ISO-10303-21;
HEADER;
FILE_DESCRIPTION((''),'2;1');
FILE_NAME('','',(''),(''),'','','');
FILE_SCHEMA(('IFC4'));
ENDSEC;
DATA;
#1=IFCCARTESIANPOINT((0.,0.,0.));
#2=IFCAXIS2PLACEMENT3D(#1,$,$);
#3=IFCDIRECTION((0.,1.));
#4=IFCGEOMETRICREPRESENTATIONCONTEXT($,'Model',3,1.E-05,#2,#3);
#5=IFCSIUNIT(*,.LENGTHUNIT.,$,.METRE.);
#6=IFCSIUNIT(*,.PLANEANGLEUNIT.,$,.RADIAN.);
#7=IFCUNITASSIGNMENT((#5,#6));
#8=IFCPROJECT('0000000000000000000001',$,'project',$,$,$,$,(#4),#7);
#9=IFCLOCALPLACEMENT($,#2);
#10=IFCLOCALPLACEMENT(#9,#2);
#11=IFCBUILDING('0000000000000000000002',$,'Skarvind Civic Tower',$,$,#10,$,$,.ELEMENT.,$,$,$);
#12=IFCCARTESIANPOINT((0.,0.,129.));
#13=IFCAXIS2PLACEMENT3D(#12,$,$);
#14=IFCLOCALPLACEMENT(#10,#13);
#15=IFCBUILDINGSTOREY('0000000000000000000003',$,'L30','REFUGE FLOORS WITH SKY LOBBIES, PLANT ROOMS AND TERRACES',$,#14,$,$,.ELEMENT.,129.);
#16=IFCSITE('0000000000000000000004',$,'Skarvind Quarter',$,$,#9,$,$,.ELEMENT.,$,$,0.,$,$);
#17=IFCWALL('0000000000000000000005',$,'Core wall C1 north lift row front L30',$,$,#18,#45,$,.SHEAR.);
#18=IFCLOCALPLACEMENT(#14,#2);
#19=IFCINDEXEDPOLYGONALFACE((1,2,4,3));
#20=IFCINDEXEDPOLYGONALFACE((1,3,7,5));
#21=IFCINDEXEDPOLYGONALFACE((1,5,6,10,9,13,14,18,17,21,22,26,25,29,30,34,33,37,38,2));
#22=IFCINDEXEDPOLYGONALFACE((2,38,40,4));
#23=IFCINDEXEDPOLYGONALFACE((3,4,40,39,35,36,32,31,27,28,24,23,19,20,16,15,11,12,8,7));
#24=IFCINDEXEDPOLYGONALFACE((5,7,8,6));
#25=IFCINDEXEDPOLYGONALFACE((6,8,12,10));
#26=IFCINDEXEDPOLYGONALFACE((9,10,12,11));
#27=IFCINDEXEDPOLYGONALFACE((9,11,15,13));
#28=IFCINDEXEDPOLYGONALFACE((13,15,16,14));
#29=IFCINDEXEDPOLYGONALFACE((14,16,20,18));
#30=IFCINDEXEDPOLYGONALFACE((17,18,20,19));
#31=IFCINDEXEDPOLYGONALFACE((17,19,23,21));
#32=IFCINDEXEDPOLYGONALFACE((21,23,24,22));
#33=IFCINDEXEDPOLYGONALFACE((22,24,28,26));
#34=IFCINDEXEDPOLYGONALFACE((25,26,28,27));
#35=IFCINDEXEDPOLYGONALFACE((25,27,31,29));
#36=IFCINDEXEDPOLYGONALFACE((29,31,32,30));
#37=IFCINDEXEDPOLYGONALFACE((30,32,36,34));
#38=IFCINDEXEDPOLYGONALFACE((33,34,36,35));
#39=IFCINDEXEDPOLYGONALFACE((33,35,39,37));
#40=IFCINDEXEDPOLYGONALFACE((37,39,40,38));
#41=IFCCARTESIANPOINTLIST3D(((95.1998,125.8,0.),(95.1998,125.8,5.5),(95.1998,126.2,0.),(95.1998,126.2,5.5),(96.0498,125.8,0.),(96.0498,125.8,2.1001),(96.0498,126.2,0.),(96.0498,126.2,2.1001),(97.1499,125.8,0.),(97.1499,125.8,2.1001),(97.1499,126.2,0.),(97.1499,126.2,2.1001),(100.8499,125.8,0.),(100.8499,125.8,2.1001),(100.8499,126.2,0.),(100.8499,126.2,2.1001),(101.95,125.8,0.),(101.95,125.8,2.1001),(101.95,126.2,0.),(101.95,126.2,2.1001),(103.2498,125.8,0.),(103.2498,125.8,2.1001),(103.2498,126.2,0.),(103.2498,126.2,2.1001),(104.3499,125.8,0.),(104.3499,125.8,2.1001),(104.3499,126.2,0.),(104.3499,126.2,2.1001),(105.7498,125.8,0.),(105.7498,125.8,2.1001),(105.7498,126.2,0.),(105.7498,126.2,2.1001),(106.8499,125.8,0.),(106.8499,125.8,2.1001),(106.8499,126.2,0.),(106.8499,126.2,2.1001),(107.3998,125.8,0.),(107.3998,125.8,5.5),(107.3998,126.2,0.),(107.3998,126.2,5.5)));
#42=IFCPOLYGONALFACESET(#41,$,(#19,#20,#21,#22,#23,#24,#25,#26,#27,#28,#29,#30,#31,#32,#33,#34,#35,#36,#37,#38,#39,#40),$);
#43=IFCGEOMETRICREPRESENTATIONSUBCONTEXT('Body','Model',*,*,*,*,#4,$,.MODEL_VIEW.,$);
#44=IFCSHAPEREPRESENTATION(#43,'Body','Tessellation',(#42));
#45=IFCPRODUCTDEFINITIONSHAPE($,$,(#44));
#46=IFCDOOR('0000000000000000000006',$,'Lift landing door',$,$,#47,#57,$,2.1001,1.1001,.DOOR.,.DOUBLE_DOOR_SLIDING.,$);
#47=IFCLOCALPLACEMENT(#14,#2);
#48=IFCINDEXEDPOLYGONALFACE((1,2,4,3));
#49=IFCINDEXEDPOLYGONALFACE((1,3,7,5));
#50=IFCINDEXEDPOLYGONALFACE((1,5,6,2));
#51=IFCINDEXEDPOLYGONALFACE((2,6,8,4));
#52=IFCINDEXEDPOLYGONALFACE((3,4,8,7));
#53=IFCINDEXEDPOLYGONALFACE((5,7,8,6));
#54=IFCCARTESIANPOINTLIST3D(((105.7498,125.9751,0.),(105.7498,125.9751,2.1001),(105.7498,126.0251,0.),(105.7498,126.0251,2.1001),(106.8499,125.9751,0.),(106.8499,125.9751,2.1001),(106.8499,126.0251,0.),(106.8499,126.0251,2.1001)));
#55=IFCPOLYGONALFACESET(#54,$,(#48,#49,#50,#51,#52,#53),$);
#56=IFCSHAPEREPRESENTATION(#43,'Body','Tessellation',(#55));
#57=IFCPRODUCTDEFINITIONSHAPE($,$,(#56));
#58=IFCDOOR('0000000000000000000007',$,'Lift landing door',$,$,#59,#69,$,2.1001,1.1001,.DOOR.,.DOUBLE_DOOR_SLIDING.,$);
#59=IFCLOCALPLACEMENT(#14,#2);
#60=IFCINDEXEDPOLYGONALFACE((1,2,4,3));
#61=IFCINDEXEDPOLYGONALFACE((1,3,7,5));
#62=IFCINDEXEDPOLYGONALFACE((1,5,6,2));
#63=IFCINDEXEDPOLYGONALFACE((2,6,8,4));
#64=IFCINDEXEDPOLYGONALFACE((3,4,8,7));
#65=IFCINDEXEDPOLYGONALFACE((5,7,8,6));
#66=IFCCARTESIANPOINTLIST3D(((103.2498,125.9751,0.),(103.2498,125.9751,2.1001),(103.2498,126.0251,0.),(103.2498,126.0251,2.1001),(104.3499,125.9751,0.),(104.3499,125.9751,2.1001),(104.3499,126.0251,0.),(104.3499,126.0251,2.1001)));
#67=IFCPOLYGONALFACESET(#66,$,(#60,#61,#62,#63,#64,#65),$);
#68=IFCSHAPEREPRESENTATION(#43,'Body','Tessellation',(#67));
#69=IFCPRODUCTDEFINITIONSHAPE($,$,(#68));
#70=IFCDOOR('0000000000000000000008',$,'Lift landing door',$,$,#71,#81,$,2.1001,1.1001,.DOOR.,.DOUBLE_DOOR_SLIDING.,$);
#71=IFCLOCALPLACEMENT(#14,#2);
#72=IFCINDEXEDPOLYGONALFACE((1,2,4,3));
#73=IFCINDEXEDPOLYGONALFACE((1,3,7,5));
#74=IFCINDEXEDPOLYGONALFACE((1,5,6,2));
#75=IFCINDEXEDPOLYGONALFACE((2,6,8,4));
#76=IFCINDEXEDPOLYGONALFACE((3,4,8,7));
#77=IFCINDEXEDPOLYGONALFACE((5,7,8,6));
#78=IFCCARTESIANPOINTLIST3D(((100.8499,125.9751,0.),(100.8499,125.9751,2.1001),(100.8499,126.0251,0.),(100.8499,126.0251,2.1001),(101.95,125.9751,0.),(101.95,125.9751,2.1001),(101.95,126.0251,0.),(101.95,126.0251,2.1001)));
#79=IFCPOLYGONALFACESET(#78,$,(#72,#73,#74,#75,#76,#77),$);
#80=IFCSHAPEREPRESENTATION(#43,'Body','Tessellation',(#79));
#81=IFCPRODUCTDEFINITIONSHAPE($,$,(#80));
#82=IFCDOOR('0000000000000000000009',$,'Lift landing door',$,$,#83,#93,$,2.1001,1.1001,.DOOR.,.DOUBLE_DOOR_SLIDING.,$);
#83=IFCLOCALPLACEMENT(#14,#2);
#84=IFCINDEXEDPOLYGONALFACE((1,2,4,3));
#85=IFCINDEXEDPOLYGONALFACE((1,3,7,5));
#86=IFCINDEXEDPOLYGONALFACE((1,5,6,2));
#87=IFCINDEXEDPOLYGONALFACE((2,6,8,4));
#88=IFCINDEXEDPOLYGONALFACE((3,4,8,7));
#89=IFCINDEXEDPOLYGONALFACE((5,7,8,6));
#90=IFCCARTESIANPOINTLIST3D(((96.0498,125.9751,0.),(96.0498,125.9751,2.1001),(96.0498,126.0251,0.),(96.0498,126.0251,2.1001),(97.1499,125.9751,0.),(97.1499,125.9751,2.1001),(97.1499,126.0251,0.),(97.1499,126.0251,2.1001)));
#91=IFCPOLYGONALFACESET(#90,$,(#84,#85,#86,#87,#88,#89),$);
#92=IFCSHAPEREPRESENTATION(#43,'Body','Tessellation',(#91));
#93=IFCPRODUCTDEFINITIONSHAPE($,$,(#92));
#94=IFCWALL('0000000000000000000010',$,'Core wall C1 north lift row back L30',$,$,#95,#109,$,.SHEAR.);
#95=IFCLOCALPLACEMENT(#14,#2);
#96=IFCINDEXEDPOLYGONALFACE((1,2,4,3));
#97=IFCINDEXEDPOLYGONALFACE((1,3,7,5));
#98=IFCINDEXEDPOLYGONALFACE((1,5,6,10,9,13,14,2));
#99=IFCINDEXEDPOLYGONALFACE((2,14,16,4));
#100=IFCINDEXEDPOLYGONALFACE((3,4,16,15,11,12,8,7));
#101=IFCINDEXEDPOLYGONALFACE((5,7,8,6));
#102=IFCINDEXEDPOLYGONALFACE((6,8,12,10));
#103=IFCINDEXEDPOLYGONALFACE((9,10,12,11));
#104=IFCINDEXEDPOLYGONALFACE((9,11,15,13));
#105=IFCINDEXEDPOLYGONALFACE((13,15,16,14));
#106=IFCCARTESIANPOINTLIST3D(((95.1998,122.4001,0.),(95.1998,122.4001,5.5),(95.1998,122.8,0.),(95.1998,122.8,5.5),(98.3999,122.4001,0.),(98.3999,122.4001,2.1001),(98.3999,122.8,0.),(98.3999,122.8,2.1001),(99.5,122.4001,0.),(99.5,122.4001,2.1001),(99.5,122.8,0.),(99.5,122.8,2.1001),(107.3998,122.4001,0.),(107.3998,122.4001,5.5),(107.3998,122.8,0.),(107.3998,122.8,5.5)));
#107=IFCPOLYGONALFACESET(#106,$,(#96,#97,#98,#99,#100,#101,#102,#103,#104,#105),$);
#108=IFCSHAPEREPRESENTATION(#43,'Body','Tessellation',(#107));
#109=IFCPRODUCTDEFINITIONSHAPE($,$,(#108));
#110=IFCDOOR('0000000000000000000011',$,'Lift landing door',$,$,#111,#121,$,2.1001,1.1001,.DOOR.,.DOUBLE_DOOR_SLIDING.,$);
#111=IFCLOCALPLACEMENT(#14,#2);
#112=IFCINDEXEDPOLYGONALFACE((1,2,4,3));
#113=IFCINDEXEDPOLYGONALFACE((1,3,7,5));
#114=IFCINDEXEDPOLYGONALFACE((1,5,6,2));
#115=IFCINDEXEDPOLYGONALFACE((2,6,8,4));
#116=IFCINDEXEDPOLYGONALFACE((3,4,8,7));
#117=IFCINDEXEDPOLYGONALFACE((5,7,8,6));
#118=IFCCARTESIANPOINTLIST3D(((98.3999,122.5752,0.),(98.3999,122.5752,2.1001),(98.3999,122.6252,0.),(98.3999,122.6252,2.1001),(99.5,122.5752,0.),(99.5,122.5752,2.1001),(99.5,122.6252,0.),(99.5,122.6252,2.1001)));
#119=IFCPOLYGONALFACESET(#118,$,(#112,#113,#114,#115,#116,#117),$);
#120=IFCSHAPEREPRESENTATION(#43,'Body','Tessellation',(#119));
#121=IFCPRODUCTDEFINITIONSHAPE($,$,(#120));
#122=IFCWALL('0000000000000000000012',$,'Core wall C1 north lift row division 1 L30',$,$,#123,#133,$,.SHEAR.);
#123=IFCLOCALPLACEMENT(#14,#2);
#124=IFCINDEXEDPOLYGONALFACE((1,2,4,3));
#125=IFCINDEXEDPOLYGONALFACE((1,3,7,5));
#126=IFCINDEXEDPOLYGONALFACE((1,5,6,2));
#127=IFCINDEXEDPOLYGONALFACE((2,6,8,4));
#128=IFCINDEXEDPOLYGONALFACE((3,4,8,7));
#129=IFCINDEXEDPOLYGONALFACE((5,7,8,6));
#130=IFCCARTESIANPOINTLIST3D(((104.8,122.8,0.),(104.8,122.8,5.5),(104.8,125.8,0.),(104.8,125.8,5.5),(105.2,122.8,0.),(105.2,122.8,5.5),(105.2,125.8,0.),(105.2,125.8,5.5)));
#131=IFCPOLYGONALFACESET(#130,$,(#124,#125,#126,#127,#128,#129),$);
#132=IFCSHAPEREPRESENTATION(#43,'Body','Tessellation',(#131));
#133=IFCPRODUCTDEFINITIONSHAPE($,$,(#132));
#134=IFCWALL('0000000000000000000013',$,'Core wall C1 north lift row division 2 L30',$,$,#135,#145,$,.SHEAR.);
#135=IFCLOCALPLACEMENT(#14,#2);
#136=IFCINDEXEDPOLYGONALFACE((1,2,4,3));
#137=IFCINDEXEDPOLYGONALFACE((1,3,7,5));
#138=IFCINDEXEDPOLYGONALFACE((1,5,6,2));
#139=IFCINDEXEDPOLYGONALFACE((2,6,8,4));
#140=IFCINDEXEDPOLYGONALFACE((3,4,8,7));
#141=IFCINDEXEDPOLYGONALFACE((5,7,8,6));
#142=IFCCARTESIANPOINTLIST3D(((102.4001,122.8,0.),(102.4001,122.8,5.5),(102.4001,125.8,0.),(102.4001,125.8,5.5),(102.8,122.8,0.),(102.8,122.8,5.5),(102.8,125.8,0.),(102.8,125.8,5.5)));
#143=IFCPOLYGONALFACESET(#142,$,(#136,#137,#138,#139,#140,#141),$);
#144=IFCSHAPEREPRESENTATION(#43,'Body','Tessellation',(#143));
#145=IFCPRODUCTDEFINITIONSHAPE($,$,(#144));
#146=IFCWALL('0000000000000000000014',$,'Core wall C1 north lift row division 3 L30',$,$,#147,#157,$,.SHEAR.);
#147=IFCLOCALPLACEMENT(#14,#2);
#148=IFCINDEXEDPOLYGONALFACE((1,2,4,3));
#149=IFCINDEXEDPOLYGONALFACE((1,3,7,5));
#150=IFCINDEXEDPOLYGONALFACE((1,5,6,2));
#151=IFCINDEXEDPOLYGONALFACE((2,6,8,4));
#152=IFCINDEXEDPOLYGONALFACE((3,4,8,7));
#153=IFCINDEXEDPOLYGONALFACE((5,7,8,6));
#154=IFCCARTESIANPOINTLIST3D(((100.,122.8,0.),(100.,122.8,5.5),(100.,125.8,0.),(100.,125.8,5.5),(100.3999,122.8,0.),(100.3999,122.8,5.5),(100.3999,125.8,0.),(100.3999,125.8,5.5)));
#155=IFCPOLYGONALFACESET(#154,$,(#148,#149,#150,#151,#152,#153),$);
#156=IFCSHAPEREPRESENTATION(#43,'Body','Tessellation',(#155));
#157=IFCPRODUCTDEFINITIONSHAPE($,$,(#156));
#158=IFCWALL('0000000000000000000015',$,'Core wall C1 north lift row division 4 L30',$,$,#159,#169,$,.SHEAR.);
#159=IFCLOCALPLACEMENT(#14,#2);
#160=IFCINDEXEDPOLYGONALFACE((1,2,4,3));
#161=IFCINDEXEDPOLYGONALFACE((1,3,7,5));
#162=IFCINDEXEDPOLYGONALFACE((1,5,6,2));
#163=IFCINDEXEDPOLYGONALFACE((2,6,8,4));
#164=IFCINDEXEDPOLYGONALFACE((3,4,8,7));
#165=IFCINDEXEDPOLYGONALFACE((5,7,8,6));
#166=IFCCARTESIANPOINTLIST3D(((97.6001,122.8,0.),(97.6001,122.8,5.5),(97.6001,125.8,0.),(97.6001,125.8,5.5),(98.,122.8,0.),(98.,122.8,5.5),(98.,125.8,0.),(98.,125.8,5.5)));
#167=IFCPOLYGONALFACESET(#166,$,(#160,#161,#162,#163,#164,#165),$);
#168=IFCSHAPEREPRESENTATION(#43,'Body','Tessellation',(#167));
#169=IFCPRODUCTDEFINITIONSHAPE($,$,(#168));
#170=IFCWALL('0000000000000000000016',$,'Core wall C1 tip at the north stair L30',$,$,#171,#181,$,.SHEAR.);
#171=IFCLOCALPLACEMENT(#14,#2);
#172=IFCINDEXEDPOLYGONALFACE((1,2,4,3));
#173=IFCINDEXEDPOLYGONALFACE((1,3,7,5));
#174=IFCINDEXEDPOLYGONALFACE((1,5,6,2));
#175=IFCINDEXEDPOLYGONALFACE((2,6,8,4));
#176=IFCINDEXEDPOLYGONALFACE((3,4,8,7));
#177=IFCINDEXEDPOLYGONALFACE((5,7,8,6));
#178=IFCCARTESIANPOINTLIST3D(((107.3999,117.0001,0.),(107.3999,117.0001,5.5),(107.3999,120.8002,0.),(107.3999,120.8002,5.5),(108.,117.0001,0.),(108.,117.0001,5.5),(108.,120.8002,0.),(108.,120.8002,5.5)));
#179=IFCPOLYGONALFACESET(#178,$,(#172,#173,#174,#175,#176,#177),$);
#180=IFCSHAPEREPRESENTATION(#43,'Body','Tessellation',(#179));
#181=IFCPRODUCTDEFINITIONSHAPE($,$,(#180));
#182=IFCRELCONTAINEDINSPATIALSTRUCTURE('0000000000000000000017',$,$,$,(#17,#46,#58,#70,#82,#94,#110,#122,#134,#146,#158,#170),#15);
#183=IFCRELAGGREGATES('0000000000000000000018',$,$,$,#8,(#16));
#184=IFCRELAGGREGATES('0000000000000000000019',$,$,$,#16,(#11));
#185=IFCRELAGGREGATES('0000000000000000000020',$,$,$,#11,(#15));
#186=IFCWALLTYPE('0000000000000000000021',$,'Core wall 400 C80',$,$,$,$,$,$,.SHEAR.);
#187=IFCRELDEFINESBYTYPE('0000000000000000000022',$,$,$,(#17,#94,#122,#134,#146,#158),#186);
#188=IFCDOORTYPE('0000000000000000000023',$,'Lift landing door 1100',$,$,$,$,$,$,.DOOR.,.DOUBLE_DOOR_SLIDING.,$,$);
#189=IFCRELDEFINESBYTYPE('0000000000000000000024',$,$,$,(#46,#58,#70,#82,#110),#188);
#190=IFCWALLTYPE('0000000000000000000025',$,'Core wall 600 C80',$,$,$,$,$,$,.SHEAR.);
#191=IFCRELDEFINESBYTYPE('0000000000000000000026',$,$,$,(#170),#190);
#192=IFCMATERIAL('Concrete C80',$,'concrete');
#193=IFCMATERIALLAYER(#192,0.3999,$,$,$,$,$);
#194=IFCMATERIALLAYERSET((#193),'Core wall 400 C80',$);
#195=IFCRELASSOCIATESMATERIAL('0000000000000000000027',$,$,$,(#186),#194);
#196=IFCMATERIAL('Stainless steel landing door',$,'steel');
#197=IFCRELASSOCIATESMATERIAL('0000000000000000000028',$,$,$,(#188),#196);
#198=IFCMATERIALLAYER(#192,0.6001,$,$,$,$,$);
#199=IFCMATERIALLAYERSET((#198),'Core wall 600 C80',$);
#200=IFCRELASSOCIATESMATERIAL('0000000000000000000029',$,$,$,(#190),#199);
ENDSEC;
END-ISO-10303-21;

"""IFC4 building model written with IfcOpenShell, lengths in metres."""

from ifc_helpers import new_model, si_unit, direction, frame, frame_2d, origin, place, context, subcontext, project, spatial, rectangle, extrude, material, layer, layer_set, type_object, element, fill, save


model = new_model("IFC4")

# Units and contexts
model_context = context("Model", 3, precision=1e-05, world=origin(), true_north=direction((0.0, 1.0)))
body_context = subcontext(model_context, "Body", "Model", "MODEL_VIEW")
ifc_project = project(units=[si_unit("LENGTHUNIT", "METRE"), si_unit("PLANEANGLEUNIT", "RADIAN")], contexts=[model_context])

# Site, building, storey
site_placement = place(None, origin())
site = spatial("IfcSite", under=ifc_project, at=site_placement, Name="Skarvind Quarter", CompositionType="ELEMENT", RefElevation=0.0)
building_placement = place(site_placement, origin())
building = spatial("IfcBuilding", under=site, at=building_placement, Name="Skarvind Civic Tower", CompositionType="ELEMENT")
storey_placement = place(building_placement, frame((0.0, 0.0, 129.0)))
storey = spatial("IfcBuildingStorey", under=building, at=storey_placement, Name="L30", Description="REFUGE FLOORS WITH SKY LOBBIES, PLANT ROOMS AND TERRACES", CompositionType="ELEMENT", Elevation=129.0)

# Shared definitions
ifc_material_1 = material(Name="Concrete C80", Category="concrete")
ifc_layer_1 = layer(ifc_material_1, 0.3999)
ifc_layer_set_1 = layer_set([ifc_layer_1], Name="Core wall 400 C80")
wall_type_1 = type_object("IfcWallType", Name="Core wall 400 C80", PredefinedType="SHEAR", material=ifc_layer_set_1)
ifc_material_2 = material(Name="Stainless steel landing door", Category="steel")
door_type_1 = type_object("IfcDoorType", Name="Lift landing door 1100", OperationType="DOUBLE_DOOR_SLIDING", PredefinedType="DOOR", material=ifc_material_2)

# Wall, openings, doors
wall_1_placement = place(storey_placement, frame((107.3999, 126.0, 0.0), z_axis=(0.0, 0.0, 1.0), x_axis=(-1.0, 0.0, 0.0)))
wall_1 = element("IfcWall", 1, at=wall_1_placement, inside=storey, type_object=wall_type_1, Name="Core wall C1 north lift row front L30", PredefinedType="SHEAR", context=body_context, shape_type="SweptSolid", body=[
    extrude(rectangle(XDim=12.2, YDim=0.3999, at=frame_2d((6.1001, 0.0))), origin(), (0.0, 0.0, 1.0), 5.5),
])
opening_1_placement = place(wall_1_placement, frame((0.55, 0.0, 0.0)))
opening_1 = element("IfcOpeningElement", 2, at=opening_1_placement, cuts=wall_1, PredefinedType="OPENING", context=body_context, shape_type="SweptSolid", body=[
    extrude(rectangle(XDim=1.1001, YDim=2.1001, at=frame_2d((0.55, 1.05))), frame((0.0, 0.21, 0.0), z_axis=(0.0, -1.0, 0.0), x_axis=(1.0, 0.0, 0.0)), (0.0, 0.0, 1.0), 0.4199),
])
opening_2_placement = place(wall_1_placement, frame((3.05, 0.0, 0.0)))
opening_2 = element("IfcOpeningElement", 3, at=opening_2_placement, cuts=wall_1, PredefinedType="OPENING", context=body_context, shape_type="SweptSolid", body=[
    extrude(rectangle(XDim=1.1001, YDim=2.1001, at=frame_2d((0.55, 1.05))), frame((0.0, 0.21, 0.0), z_axis=(0.0, -1.0, 0.0), x_axis=(1.0, 0.0, 0.0)), (0.0, 0.0, 1.0), 0.4199),
])
opening_3_placement = place(wall_1_placement, frame((5.45, 0.0, 0.0)))
opening_3 = element("IfcOpeningElement", 4, at=opening_3_placement, cuts=wall_1, PredefinedType="OPENING", context=body_context, shape_type="SweptSolid", body=[
    extrude(rectangle(XDim=1.1001, YDim=2.1001, at=frame_2d((0.55, 1.05))), frame((0.0, 0.21, 0.0), z_axis=(0.0, -1.0, 0.0), x_axis=(1.0, 0.0, 0.0)), (0.0, 0.0, 1.0), 0.4199),
])
opening_4_placement = place(wall_1_placement, frame((10.25, 0.0, 0.0)))
opening_4 = element("IfcOpeningElement", 5, at=opening_4_placement, cuts=wall_1, PredefinedType="OPENING", context=body_context, shape_type="SweptSolid", body=[
    extrude(rectangle(XDim=1.1001, YDim=2.1001, at=frame_2d((0.55, 1.05))), frame((0.0, 0.21, 0.0), z_axis=(0.0, -1.0, 0.0), x_axis=(1.0, 0.0, 0.0)), (0.0, 0.0, 1.0), 0.4199),
])
door_1_placement = place(opening_1_placement, origin())
door_1 = element("IfcDoor", 6, at=door_1_placement, inside=storey, type_object=door_type_1, Name="Lift landing door", OperationType="DOUBLE_DOOR_SLIDING", OverallHeight=2.1001, OverallWidth=1.1001, PredefinedType="DOOR", context=body_context, shape_type="SweptSolid", body=[
    extrude(rectangle(XDim=1.1001, YDim=2.1001, at=frame_2d((0.55, 1.05))), frame((0.0, 0.0249, 0.0), z_axis=(0.0, -1.0, 0.0), x_axis=(1.0, 0.0, 0.0)), (0.0, 0.0, 1.0), 0.05),
])
fill(opening_1, door_1)
door_2_placement = place(opening_2_placement, origin())
door_2 = element("IfcDoor", 7, at=door_2_placement, inside=storey, type_object=door_type_1, Name="Lift landing door", OperationType="DOUBLE_DOOR_SLIDING", OverallHeight=2.1001, OverallWidth=1.1001, PredefinedType="DOOR", context=body_context, shape_type="SweptSolid", body=[
    extrude(rectangle(XDim=1.1001, YDim=2.1001, at=frame_2d((0.55, 1.05))), frame((0.0, 0.0249, 0.0), z_axis=(0.0, -1.0, 0.0), x_axis=(1.0, 0.0, 0.0)), (0.0, 0.0, 1.0), 0.05),
])
fill(opening_2, door_2)
door_3_placement = place(opening_3_placement, origin())
door_3 = element("IfcDoor", 8, at=door_3_placement, inside=storey, type_object=door_type_1, Name="Lift landing door", OperationType="DOUBLE_DOOR_SLIDING", OverallHeight=2.1001, OverallWidth=1.1001, PredefinedType="DOOR", context=body_context, shape_type="SweptSolid", body=[
    extrude(rectangle(XDim=1.1001, YDim=2.1001, at=frame_2d((0.55, 1.05))), frame((0.0, 0.0249, 0.0), z_axis=(0.0, -1.0, 0.0), x_axis=(1.0, 0.0, 0.0)), (0.0, 0.0, 1.0), 0.05),
])
fill(opening_3, door_3)
door_4_placement = place(opening_4_placement, origin())
door_4 = element("IfcDoor", 9, at=door_4_placement, inside=storey, type_object=door_type_1, Name="Lift landing door", OperationType="DOUBLE_DOOR_SLIDING", OverallHeight=2.1001, OverallWidth=1.1001, PredefinedType="DOOR", context=body_context, shape_type="SweptSolid", body=[
    extrude(rectangle(XDim=1.1001, YDim=2.1001, at=frame_2d((0.55, 1.05))), frame((0.0, 0.0249, 0.0), z_axis=(0.0, -1.0, 0.0), x_axis=(1.0, 0.0, 0.0)), (0.0, 0.0, 1.0), 0.05),
])
fill(opening_4, door_4)

# Wall, opening, door
wall_2_placement = place(storey_placement, frame((107.3999, 122.6001, 0.0), z_axis=(0.0, 0.0, 1.0), x_axis=(-1.0, 0.0, 0.0)))
wall_2 = element("IfcWall", 10, at=wall_2_placement, inside=storey, type_object=wall_type_1, Name="Core wall C1 north lift row back L30", PredefinedType="SHEAR", context=body_context, shape_type="SweptSolid", body=[
    extrude(rectangle(XDim=12.2, YDim=0.3999, at=frame_2d((6.1001, 0.0))), origin(), (0.0, 0.0, 1.0), 5.5),
])
opening_5_placement = place(wall_2_placement, frame((7.8999, 0.0, 0.0)))
opening_5 = element("IfcOpeningElement", 11, at=opening_5_placement, cuts=wall_2, PredefinedType="OPENING", context=body_context, shape_type="SweptSolid", body=[
    extrude(rectangle(XDim=1.1001, YDim=2.1001, at=frame_2d((0.55, 1.05))), frame((0.0, 0.21, 0.0), z_axis=(0.0, -1.0, 0.0), x_axis=(1.0, 0.0, 0.0)), (0.0, 0.0, 1.0), 0.4199),
])
door_5_placement = place(opening_5_placement, origin())
door_5 = element("IfcDoor", 12, at=door_5_placement, inside=storey, type_object=door_type_1, Name="Lift landing door", OperationType="DOUBLE_DOOR_SLIDING", OverallHeight=2.1001, OverallWidth=1.1001, PredefinedType="DOOR", context=body_context, shape_type="SweptSolid", body=[
    extrude(rectangle(XDim=1.1001, YDim=2.1001, at=frame_2d((0.55, 1.05))), frame((0.0, 0.0249, 0.0), z_axis=(0.0, -1.0, 0.0), x_axis=(1.0, 0.0, 0.0)), (0.0, 0.0, 1.0), 0.05),
])
fill(opening_5, door_5)

# Walls
for number, where, z_axis, x_axis, name in (
    (13, (105.0, 125.8, 0.0), (0.0, 0.0, 1.0), (0.0, -1.0, 0.0), "Core wall C1 north lift row division 1 L30"),
    (14, (102.6001, 125.8, 0.0), (0.0, 0.0, 1.0), (0.0, -1.0, 0.0), "Core wall C1 north lift row division 2 L30"),
    (15, (100.2, 125.8, 0.0), (0.0, 0.0, 1.0), (0.0, -1.0, 0.0), "Core wall C1 north lift row division 3 L30"),
    (16, (97.8, 125.8, 0.0), (0.0, 0.0, 1.0), (0.0, -1.0, 0.0), "Core wall C1 north lift row division 4 L30"),
):
    element("IfcWall", number, at=place(storey_placement, frame(where, z_axis=z_axis, x_axis=x_axis)), inside=storey, type_object=wall_type_1, Name=name, PredefinedType="SHEAR", context=body_context, shape_type="SweptSolid", body=[
        extrude(rectangle(XDim=3.0, YDim=0.3999, at=frame_2d((1.5, 0.0))), origin(), (0.0, 0.0, 1.0), 5.5),
    ])
ifc_layer_2 = layer(ifc_material_1, 0.6001)
ifc_layer_set_2 = layer_set([ifc_layer_2], Name="Core wall 600 C80")
wall_type_2 = type_object("IfcWallType", Name="Core wall 600 C80", PredefinedType="SHEAR", material=ifc_layer_set_2)
wall_3_placement = place(storey_placement, frame((107.7, 120.8, 0.0), z_axis=(0.0, 0.0, 1.0), x_axis=(0.0, -1.0, 0.0)))
element("IfcWall", 17, at=wall_3_placement, inside=storey, type_object=wall_type_2, Name="Core wall C1 tip at the north stair L30", PredefinedType="SHEAR", context=body_context, shape_type="SweptSolid", body=[
    extrude(rectangle(XDim=3.8, YDim=0.6001, at=frame_2d((1.8999, 0.0))), origin(), (0.0, 0.0, 1.0), 5.5),
])

save(model, "model.ifc")
